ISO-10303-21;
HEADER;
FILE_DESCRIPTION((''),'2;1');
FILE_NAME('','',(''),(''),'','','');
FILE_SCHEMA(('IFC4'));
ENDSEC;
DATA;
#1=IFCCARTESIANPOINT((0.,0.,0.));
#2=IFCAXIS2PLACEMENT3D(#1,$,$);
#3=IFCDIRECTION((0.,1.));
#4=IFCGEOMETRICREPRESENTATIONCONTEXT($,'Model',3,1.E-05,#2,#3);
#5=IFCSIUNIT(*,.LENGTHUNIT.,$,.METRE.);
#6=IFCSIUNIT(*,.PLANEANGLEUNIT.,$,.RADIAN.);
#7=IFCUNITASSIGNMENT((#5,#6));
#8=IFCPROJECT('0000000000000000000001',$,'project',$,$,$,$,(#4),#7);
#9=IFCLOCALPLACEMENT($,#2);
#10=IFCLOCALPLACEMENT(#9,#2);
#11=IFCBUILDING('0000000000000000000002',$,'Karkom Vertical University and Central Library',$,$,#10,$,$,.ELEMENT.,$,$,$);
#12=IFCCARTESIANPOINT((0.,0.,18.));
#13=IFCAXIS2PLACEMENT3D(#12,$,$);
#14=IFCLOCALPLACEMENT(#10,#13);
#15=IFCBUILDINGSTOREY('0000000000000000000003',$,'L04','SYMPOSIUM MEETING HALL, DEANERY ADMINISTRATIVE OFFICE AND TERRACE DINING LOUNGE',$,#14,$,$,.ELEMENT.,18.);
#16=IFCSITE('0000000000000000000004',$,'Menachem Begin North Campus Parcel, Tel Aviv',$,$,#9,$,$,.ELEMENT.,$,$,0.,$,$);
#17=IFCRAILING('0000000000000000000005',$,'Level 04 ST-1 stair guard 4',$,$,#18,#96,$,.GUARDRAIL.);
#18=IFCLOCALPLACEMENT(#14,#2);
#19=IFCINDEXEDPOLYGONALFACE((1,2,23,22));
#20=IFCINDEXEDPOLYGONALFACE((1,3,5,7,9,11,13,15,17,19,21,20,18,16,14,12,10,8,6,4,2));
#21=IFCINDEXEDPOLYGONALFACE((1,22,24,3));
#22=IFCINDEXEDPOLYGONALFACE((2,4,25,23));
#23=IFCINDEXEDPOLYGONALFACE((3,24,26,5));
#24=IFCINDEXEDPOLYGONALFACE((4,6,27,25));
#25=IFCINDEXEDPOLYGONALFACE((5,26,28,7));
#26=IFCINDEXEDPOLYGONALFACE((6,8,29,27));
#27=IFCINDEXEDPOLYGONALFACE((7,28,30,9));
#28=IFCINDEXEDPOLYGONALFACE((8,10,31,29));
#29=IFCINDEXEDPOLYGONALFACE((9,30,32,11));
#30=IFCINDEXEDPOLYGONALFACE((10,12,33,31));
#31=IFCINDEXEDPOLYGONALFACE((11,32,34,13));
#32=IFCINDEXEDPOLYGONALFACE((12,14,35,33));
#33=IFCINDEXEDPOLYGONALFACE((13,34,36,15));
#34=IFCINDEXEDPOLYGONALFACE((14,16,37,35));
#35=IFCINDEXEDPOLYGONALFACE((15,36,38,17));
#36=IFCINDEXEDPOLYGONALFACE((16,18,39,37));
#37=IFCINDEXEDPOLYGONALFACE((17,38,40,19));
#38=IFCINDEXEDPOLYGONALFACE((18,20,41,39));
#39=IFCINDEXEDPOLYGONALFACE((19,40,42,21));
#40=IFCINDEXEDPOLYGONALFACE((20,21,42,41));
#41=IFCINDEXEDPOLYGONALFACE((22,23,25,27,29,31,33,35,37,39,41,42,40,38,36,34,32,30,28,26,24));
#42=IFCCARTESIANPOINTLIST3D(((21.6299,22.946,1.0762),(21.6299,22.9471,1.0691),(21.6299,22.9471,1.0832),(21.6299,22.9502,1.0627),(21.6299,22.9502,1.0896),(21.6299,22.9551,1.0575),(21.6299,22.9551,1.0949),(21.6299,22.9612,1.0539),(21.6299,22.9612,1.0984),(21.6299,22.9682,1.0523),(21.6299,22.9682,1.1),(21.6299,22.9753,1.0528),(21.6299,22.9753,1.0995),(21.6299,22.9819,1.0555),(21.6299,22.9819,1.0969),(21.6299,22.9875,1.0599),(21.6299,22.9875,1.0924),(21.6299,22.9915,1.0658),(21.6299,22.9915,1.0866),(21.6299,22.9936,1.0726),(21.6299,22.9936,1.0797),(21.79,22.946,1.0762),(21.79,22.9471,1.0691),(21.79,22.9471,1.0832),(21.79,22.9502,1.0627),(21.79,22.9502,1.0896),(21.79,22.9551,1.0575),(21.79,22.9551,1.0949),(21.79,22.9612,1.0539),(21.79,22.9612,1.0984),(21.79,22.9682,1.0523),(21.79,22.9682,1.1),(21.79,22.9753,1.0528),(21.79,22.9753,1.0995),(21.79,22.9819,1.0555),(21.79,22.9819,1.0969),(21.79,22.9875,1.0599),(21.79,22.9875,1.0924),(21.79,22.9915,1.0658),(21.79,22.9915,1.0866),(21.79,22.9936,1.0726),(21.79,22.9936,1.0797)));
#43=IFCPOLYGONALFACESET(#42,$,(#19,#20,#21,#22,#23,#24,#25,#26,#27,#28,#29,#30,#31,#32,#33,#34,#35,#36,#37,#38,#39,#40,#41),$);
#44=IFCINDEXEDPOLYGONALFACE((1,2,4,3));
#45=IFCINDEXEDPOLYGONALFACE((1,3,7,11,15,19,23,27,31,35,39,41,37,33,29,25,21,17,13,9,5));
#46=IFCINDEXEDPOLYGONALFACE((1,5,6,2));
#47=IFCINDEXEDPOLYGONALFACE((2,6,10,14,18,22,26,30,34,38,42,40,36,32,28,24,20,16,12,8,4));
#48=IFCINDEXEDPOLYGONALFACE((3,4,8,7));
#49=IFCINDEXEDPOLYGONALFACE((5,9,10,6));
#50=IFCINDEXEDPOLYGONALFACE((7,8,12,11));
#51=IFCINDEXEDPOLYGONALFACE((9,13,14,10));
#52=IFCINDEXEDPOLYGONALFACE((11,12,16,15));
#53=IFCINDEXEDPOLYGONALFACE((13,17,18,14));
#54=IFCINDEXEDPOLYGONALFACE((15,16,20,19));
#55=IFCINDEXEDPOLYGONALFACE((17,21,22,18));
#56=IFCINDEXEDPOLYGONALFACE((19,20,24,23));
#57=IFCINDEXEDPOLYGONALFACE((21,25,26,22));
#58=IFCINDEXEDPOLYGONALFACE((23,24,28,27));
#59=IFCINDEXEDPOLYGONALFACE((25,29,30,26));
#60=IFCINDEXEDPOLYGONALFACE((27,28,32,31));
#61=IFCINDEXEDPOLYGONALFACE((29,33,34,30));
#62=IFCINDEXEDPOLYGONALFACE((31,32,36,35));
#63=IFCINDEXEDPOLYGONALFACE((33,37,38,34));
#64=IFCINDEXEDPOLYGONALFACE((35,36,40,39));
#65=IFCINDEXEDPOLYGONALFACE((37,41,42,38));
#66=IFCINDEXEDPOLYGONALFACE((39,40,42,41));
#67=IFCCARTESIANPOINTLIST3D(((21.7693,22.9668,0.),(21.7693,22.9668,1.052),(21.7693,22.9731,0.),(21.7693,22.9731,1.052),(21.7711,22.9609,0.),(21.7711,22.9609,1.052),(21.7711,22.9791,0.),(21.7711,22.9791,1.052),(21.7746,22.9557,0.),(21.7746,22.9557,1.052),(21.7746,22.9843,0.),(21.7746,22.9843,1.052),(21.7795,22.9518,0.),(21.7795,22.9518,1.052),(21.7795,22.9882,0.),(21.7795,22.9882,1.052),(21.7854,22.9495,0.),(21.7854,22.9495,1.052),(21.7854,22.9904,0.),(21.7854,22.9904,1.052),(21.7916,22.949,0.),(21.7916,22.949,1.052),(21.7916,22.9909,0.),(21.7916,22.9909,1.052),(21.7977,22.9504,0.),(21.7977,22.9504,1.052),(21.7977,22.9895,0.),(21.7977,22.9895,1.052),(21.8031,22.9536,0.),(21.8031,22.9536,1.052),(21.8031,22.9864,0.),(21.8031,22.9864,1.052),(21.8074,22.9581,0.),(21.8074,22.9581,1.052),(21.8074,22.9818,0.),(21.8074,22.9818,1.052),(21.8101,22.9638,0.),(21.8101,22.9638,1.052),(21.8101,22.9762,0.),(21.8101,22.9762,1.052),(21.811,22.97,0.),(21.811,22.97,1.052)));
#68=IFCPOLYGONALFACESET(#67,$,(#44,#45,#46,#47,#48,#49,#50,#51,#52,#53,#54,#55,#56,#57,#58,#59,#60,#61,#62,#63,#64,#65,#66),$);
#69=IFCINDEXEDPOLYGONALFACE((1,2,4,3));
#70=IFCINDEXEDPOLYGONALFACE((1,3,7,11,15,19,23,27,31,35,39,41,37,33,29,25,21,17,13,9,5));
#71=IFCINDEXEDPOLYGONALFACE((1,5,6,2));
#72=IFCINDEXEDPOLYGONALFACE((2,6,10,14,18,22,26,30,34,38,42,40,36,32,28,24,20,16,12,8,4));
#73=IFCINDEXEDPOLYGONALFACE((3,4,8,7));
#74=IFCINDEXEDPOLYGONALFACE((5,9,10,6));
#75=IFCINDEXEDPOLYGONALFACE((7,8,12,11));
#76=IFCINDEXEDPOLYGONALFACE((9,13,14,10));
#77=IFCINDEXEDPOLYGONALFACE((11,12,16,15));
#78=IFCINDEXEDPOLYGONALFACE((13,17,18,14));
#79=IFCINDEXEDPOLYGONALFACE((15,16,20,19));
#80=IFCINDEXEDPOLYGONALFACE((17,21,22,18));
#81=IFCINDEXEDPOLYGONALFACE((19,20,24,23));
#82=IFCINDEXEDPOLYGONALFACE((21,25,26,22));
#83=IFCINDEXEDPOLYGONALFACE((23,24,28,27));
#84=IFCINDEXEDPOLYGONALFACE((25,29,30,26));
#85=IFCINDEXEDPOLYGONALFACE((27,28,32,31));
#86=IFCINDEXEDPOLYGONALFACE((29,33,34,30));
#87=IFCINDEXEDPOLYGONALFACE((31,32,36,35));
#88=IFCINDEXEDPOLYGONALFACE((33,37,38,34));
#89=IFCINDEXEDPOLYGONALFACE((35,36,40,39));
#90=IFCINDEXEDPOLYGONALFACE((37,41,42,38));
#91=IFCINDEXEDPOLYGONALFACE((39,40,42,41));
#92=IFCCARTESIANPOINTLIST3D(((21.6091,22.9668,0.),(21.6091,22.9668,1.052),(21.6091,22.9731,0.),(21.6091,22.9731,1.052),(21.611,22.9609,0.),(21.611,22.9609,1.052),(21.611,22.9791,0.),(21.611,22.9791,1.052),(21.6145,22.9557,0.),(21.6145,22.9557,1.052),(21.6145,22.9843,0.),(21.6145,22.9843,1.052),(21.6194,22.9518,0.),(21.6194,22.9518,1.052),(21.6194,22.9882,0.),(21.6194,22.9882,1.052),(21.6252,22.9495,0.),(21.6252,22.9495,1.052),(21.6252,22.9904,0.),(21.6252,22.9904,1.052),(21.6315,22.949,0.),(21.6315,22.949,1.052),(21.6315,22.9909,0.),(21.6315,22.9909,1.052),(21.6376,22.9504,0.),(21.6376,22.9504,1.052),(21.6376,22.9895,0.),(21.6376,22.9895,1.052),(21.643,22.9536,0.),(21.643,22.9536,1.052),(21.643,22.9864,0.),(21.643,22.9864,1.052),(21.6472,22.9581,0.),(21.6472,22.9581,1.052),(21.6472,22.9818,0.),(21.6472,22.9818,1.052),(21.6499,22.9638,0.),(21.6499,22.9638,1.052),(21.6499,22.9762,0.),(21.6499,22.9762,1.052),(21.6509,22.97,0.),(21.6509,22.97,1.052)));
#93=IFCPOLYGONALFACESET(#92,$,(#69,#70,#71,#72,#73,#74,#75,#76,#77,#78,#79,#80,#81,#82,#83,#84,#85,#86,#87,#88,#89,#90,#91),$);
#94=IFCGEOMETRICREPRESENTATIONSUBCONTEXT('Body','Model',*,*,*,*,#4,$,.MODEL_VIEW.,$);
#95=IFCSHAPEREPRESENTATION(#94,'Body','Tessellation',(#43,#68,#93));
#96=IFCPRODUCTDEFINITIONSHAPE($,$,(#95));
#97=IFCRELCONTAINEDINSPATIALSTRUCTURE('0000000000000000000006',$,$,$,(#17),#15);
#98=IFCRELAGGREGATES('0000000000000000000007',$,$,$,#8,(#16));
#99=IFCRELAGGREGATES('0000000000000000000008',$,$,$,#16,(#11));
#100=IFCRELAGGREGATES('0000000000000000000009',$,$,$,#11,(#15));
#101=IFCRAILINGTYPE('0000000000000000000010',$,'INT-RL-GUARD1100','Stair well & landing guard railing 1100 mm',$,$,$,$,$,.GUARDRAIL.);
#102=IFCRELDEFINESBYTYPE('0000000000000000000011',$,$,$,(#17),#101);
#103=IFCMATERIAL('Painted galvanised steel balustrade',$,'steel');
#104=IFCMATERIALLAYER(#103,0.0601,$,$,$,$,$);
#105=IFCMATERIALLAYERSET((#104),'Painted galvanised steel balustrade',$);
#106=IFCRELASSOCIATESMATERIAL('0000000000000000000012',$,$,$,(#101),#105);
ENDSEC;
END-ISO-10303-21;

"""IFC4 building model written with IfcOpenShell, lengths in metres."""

from ifc_helpers import new_model, si_unit, direction, frame, origin, origin_2d, place, context, subcontext, project, spatial, circle, extrude, material, layer, layer_set, type_object, element, save


model = new_model("IFC4")

# Units and contexts
model_context = context("Model", 3, precision=1e-05, world=origin(), true_north=direction((0.0, 1.0)))
body_context = subcontext(model_context, "Body", "Model", "MODEL_VIEW")
ifc_project = project(units=[si_unit("LENGTHUNIT", "METRE"), si_unit("PLANEANGLEUNIT", "RADIAN")], contexts=[model_context])

# Site, building, storey
site_placement = place(None, origin())
site = spatial("IfcSite", under=ifc_project, at=site_placement, Name="Menachem Begin North Campus Parcel, Tel Aviv", CompositionType="ELEMENT", RefElevation=0.0)
building_placement = place(site_placement, origin())
building = spatial("IfcBuilding", under=site, at=building_placement, Name="Karkom Vertical University and Central Library", CompositionType="ELEMENT")
storey_placement = place(building_placement, frame((0.0, 0.0, 18.0)))
storey = spatial("IfcBuildingStorey", under=building, at=storey_placement, Name="L04", Description="SYMPOSIUM MEETING HALL, DEANERY ADMINISTRATIVE OFFICE AND TERRACE DINING LOUNGE", CompositionType="ELEMENT", Elevation=18.0)

# Railing
ifc_material_1 = material(Name="Painted galvanised steel balustrade", Category="steel")
ifc_layer_1 = layer(ifc_material_1, 0.0601)
ifc_layer_set_1 = layer_set([ifc_layer_1], Name="Painted galvanised steel balustrade")
railing_type_1 = type_object("IfcRailingType", Name="INT-RL-GUARD1100", Description="Stair well & landing guard railing 1100 mm", PredefinedType="GUARDRAIL", material=ifc_layer_set_1)
railing_1_placement = place(storey_placement, frame((21.79, 22.97, 0.0)))
element("IfcRailing", 1, at=railing_1_placement, inside=storey, type_object=railing_type_1, Name="Level 04 ST-1 stair guard 4", PredefinedType="GUARDRAIL", context=body_context, shape_type="SweptSolid", body=[
    extrude(circle(Radius=0.0239, at=origin_2d()), frame((0.0, 0.0, 1.0762), z_axis=(-1.0, 0.0, 0.0), x_axis=(0.0, -1.0, 0.0)), (0.0, 0.0, 1.0), 0.1602),
    extrude(circle(Radius=0.021, at=origin_2d()), origin(), (0.0, 0.0, 1.0), 1.052),
    extrude(circle(Radius=0.021, at=origin_2d()), frame((-0.1602, 0.0, 0.0)), (0.0, 0.0, 1.0), 1.052),
])

save(model, "model.ifc")
